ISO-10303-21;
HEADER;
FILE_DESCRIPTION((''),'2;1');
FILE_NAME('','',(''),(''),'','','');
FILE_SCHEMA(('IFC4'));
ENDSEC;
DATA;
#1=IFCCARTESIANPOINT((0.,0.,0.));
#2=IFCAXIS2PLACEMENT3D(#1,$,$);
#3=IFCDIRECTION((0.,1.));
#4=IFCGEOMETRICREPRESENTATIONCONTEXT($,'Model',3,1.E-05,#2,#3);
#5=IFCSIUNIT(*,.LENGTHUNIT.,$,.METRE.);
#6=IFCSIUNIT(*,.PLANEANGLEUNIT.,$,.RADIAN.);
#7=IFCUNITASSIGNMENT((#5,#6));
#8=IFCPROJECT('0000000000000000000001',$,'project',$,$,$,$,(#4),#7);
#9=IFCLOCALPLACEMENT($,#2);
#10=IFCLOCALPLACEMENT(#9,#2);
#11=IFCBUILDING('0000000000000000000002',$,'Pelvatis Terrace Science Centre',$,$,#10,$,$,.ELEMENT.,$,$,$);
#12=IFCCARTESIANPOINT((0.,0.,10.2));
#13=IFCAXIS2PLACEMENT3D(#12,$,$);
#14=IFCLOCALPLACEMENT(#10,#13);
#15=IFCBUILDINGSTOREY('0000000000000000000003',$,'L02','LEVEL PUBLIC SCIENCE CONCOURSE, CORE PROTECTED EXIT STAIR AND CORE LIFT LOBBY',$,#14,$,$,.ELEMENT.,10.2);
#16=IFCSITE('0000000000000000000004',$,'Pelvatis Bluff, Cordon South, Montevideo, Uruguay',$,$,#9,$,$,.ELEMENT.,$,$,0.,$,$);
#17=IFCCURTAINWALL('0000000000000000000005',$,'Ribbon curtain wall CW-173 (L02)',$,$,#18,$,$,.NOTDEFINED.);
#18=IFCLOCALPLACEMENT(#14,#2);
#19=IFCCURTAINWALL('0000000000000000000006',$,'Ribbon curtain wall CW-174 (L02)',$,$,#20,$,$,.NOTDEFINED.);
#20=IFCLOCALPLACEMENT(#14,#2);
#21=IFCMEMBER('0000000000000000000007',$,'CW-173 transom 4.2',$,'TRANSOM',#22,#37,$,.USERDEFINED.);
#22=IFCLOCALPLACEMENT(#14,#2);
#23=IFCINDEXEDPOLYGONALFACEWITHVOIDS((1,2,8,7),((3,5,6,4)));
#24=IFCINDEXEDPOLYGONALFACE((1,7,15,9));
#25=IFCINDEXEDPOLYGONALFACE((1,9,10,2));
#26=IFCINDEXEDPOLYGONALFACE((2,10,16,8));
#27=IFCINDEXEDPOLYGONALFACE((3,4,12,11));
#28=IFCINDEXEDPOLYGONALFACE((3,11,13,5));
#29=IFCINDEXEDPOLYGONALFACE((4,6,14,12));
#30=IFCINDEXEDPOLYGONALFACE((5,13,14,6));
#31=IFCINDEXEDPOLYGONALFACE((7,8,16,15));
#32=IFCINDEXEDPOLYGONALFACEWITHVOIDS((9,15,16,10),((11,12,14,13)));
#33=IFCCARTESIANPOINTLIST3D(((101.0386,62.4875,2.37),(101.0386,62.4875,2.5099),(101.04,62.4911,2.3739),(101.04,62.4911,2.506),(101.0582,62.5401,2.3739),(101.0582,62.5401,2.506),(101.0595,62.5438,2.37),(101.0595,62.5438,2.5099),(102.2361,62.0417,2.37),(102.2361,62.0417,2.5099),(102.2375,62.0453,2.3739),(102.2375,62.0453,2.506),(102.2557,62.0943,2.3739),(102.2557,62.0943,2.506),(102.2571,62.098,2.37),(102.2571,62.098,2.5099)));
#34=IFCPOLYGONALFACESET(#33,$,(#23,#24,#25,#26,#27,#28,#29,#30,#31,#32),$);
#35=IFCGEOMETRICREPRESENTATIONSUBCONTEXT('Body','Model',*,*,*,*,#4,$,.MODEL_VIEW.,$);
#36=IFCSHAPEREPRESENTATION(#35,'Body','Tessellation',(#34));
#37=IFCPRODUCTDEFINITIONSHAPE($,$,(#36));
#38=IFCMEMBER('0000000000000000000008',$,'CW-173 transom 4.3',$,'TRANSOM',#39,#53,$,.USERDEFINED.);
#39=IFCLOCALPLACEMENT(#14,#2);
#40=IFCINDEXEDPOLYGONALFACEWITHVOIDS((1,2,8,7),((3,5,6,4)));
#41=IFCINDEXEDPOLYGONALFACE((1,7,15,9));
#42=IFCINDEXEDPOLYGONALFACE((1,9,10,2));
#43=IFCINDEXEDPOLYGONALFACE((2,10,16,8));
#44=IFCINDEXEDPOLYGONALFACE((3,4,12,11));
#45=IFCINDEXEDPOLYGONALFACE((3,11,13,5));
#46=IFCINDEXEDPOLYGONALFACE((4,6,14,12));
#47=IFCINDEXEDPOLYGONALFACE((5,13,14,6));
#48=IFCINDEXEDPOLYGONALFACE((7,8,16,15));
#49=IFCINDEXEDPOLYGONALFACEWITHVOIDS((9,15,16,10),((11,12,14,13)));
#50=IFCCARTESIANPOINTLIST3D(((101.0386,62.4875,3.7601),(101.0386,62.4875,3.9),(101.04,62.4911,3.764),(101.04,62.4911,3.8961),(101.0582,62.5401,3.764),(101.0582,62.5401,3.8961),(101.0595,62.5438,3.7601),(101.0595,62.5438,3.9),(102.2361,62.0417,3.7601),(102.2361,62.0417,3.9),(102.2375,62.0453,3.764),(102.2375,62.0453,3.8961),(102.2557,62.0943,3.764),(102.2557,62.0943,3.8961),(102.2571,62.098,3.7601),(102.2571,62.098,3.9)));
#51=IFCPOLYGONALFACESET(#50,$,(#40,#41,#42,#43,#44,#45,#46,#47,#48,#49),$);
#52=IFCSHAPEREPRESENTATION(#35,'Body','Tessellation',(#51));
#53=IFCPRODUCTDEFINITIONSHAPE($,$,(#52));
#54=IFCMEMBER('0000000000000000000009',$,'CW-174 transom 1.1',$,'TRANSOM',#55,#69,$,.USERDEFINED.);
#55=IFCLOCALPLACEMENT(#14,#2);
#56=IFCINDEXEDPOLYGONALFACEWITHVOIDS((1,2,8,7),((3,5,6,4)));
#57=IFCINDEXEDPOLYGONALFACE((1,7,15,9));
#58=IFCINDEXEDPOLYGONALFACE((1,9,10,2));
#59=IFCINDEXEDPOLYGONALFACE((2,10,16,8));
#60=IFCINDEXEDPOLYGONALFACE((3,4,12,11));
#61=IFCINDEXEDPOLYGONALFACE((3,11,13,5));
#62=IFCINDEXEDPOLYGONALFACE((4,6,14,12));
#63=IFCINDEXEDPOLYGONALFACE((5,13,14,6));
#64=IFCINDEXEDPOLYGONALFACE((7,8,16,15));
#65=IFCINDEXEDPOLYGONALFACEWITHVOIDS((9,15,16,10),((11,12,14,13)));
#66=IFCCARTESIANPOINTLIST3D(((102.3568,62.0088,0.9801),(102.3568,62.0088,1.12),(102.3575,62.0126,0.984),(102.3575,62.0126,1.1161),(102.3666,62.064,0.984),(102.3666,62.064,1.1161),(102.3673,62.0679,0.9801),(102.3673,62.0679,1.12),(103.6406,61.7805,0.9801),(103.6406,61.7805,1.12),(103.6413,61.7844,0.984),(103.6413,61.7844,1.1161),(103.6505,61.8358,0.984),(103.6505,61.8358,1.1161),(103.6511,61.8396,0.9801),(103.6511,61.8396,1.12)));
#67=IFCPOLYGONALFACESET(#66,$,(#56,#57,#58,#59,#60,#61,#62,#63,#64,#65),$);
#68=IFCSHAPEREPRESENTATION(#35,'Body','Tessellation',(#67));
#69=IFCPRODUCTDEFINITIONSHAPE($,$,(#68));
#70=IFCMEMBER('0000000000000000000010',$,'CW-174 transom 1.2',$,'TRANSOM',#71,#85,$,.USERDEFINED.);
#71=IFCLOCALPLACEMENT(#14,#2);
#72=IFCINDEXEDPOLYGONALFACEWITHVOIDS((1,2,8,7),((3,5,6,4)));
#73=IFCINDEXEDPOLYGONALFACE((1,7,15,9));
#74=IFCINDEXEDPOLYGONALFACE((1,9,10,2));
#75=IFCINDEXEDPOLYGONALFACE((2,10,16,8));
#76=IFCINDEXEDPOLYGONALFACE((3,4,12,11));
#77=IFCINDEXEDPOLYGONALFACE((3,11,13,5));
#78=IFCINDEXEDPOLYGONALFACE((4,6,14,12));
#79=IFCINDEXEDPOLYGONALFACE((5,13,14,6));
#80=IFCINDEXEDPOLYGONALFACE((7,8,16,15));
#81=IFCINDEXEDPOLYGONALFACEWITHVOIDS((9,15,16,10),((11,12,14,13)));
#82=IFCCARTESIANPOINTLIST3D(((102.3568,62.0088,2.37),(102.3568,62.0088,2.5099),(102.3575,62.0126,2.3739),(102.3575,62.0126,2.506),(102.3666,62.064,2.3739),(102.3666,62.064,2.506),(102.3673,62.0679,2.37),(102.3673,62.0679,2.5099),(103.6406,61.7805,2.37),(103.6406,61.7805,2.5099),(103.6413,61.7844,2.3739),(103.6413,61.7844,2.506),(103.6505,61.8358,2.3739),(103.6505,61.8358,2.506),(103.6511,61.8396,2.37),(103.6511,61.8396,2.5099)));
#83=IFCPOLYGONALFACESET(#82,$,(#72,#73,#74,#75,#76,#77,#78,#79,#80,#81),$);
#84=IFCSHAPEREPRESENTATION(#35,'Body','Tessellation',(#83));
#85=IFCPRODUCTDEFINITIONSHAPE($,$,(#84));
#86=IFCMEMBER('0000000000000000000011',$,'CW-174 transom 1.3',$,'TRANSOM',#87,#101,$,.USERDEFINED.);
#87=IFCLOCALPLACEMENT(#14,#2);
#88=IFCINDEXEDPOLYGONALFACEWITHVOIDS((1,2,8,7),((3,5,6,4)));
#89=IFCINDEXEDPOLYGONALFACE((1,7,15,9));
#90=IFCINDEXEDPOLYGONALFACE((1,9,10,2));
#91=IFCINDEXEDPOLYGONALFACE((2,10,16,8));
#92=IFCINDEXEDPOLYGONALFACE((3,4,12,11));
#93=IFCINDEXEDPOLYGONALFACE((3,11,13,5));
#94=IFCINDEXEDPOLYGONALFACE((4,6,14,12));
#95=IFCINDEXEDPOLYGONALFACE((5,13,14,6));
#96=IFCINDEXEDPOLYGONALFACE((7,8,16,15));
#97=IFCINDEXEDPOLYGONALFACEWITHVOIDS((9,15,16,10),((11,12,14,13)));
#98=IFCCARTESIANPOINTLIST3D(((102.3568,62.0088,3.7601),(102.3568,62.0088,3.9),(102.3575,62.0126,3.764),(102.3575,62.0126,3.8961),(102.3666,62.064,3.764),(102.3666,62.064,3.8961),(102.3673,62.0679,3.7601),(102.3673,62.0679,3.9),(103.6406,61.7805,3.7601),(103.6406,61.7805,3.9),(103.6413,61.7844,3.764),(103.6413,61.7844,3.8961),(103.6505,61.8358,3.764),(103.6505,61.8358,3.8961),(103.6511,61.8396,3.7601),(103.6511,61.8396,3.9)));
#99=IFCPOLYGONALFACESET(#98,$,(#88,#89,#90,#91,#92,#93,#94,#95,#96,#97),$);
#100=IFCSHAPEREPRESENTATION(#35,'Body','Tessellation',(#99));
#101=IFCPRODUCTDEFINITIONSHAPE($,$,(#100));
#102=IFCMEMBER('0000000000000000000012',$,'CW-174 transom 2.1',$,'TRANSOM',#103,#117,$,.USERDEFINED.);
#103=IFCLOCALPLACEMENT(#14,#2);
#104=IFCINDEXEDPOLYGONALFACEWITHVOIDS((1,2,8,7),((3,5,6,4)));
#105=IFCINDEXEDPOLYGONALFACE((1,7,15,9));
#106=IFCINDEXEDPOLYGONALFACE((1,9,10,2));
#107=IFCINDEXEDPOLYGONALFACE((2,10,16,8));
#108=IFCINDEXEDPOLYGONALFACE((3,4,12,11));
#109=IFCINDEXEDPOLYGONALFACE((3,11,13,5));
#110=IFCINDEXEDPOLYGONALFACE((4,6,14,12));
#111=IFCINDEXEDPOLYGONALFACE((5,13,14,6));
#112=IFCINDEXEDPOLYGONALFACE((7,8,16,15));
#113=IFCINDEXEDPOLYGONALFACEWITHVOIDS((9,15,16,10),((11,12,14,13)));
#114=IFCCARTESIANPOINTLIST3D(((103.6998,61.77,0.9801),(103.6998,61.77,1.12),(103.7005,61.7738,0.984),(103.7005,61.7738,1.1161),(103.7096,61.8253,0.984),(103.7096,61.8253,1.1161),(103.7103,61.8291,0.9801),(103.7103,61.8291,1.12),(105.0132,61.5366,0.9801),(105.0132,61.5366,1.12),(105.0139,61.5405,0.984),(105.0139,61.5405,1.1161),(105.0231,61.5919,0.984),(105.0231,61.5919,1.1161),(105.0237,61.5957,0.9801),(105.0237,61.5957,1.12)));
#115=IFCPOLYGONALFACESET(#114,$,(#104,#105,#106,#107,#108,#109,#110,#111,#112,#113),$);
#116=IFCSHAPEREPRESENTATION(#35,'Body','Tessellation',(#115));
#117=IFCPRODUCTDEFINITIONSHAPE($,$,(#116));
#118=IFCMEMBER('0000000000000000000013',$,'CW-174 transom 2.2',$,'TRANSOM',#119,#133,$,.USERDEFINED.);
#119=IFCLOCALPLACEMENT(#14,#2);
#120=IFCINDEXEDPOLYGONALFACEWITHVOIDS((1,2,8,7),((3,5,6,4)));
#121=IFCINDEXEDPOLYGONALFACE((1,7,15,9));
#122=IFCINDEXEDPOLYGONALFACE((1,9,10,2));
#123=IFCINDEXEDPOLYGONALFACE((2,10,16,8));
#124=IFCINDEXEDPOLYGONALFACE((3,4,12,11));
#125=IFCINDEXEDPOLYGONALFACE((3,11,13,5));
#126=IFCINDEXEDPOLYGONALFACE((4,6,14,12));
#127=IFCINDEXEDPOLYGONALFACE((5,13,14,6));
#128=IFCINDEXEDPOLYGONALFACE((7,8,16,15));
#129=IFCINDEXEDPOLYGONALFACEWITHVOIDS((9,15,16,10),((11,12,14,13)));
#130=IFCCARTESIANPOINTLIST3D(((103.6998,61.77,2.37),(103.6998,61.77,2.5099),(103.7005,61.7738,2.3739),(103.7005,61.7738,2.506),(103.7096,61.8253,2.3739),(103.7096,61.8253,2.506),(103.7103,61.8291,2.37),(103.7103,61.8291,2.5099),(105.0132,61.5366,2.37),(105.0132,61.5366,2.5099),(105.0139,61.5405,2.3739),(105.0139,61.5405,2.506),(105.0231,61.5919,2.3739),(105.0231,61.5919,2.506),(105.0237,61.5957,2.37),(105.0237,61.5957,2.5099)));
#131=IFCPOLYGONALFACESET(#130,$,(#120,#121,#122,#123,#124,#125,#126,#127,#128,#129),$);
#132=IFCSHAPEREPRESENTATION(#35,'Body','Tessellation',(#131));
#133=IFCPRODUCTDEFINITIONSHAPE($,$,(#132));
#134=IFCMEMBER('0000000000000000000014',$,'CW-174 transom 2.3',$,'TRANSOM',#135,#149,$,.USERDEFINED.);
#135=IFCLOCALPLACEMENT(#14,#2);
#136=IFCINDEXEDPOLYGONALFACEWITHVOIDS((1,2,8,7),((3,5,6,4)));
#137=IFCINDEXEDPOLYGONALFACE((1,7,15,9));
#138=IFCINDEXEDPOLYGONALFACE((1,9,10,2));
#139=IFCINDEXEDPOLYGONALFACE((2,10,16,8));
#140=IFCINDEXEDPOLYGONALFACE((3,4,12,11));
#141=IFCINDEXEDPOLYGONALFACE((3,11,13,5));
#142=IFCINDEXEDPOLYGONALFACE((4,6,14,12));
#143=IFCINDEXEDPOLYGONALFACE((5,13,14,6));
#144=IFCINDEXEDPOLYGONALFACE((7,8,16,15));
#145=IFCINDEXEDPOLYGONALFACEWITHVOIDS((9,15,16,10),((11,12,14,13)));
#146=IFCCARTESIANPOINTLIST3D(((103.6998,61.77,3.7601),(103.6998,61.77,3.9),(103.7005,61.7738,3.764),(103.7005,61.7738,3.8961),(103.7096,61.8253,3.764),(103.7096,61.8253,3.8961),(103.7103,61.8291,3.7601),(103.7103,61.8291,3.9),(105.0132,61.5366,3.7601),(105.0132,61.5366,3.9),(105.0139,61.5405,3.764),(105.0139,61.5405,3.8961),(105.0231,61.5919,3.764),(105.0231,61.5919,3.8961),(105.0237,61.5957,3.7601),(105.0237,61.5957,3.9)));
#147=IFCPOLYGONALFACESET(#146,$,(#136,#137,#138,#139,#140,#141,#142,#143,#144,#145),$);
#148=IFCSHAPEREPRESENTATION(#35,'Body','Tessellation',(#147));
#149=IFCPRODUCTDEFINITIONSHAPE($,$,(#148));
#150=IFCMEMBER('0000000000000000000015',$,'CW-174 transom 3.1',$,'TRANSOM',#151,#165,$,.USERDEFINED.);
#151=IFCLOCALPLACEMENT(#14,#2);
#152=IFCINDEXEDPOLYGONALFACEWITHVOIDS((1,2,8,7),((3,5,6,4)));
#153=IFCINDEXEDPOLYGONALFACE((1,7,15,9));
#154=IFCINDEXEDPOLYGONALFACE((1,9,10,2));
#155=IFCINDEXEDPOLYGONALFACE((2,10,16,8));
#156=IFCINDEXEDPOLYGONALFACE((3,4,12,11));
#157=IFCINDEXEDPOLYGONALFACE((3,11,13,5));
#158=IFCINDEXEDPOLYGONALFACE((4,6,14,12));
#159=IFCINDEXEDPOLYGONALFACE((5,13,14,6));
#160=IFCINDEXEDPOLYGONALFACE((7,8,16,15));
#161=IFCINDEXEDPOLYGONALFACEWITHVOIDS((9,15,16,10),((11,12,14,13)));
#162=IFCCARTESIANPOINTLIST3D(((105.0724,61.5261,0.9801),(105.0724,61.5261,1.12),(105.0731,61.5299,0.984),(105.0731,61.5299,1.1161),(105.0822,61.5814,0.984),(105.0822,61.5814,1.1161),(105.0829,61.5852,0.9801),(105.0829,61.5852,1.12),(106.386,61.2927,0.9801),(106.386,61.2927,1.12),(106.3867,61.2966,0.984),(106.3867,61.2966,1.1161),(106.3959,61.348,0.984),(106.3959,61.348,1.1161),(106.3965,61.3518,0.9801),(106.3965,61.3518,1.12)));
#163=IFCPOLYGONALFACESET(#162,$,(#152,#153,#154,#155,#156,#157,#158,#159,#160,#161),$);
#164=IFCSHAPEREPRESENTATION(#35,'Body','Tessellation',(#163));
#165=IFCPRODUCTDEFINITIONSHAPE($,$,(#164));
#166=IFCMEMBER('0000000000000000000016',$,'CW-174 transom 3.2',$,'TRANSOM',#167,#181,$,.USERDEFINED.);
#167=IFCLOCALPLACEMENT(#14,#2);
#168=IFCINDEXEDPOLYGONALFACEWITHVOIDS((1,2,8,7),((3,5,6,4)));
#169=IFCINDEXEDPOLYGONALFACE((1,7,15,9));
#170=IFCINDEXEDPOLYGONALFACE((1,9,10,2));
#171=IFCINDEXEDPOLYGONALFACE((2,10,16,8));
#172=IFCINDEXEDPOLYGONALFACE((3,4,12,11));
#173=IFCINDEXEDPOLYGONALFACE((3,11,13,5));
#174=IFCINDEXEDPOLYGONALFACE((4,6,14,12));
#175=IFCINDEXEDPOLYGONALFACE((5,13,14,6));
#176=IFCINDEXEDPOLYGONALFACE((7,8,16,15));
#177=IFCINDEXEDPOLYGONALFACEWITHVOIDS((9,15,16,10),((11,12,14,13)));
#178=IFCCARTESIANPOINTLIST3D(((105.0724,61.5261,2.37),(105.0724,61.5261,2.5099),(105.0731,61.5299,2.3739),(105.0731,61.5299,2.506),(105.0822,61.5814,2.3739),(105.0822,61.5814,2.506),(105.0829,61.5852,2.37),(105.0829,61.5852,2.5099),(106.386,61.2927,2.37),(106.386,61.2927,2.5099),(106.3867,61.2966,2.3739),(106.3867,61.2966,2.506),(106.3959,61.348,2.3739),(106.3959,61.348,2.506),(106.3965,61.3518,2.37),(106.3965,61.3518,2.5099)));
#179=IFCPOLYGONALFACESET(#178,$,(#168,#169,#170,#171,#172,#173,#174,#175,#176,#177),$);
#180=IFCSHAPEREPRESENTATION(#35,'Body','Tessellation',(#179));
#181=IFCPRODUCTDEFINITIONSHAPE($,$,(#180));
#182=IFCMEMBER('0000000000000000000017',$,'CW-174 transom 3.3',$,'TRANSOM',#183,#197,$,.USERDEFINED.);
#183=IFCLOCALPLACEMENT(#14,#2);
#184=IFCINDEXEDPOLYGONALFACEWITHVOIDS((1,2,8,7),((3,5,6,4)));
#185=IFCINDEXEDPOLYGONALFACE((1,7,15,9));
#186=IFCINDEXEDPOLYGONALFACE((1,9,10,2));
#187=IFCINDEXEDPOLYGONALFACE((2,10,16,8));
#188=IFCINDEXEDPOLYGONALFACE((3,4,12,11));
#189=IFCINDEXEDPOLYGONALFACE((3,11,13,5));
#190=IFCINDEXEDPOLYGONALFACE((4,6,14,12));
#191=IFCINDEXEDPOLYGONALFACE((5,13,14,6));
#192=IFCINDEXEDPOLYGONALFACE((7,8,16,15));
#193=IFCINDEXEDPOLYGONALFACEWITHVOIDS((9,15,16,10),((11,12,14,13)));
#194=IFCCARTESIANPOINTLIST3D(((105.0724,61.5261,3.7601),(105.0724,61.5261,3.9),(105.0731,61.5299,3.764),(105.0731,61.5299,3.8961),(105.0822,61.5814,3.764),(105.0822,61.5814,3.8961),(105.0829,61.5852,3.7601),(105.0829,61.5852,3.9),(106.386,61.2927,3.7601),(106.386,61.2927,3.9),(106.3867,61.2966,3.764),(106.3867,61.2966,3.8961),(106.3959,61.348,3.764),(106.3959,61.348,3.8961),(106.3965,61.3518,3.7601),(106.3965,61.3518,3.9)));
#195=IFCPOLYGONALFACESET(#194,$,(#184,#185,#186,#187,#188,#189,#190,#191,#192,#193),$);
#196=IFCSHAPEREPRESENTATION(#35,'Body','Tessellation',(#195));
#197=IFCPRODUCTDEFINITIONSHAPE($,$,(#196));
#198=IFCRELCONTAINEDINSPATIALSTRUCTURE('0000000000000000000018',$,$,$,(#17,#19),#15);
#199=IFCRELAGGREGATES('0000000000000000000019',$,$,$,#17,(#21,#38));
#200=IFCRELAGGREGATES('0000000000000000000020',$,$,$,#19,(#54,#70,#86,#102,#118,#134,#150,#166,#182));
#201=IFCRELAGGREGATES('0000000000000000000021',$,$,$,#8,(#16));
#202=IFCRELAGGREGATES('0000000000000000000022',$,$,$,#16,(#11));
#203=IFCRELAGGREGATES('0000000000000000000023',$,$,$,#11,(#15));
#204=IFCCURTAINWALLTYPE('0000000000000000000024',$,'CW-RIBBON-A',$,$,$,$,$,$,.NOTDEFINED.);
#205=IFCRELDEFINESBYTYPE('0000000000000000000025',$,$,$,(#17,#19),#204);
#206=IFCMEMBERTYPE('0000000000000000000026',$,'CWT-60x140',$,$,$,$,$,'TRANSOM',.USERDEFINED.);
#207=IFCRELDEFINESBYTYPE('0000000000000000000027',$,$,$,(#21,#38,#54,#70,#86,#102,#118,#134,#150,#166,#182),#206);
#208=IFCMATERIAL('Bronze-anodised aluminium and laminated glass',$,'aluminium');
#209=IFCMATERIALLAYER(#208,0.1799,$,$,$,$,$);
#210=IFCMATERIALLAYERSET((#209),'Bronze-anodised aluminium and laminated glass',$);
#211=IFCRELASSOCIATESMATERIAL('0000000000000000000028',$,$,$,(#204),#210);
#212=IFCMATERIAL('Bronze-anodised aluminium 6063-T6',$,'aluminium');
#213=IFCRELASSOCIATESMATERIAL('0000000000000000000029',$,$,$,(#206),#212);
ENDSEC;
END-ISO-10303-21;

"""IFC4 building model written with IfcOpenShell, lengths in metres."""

from ifc_helpers import new_model, si_unit, direction, frame, origin, origin_2d, place, context, subcontext, project, spatial, hollow_rectangle, extrude, material, layer, layer_set, material_profile, profile_set, type_object, element, aggregate, save


model = new_model("IFC4")

# Units and contexts
model_context = context("Model", 3, precision=1e-05, world=origin(), true_north=direction((0.0, 1.0)))
body_context = subcontext(model_context, "Body", "Model", "MODEL_VIEW")
ifc_project = project(units=[si_unit("LENGTHUNIT", "METRE"), si_unit("PLANEANGLEUNIT", "RADIAN")], contexts=[model_context])

# Site, building, storey
site_placement = place(None, origin())
site = spatial("IfcSite", under=ifc_project, at=site_placement, Name="Pelvatis Bluff, Cordon South, Montevideo, Uruguay", CompositionType="ELEMENT", RefElevation=0.0)
building_placement = place(site_placement, origin())
building = spatial("IfcBuilding", under=site, at=building_placement, Name="Pelvatis Terrace Science Centre", CompositionType="ELEMENT")
storey_placement = place(building_placement, frame((0.0, 0.0, 10.2)))
storey = spatial("IfcBuildingStorey", under=building, at=storey_placement, Name="L02", Description="LEVEL PUBLIC SCIENCE CONCOURSE, CORE PROTECTED EXIT STAIR AND CORE LIFT LOBBY", CompositionType="ELEMENT", Elevation=10.2)

# Curtain walls
ifc_material_1 = material(Name="Bronze-anodised aluminium and laminated glass", Category="aluminium")
ifc_layer_1 = layer(ifc_material_1, 0.1799)
ifc_layer_set_1 = layer_set([ifc_layer_1], Name="Bronze-anodised aluminium and laminated glass")
curtain_wall_type = type_object("IfcCurtainWallType", Name="CW-RIBBON-A", PredefinedType="NOTDEFINED", material=ifc_layer_set_1)
curtain_wall_1_placement = place(storey_placement, origin())
curtain_wall_1 = element("IfcCurtainWall", 1, at=curtain_wall_1_placement, inside=storey, type_object=curtain_wall_type, Name="Ribbon curtain wall CW-173 (L02)", PredefinedType="NOTDEFINED")
curtain_wall_2_placement = place(storey_placement, origin())
curtain_wall_2 = element("IfcCurtainWall", 2, at=curtain_wall_2_placement, inside=storey, type_object=curtain_wall_type, Name="Ribbon curtain wall CW-174 (L02)", PredefinedType="NOTDEFINED")

# Members
ifc_material_2 = material(Name="Bronze-anodised aluminium 6063-T6", Category="aluminium")
ifc_material_profile_1 = material_profile(ifc_material_2, hollow_rectangle(XDim=0.0601, YDim=0.1399, WallThickness=0.0039, at=origin_2d()), Name="ALU-TRN 60x140")
ifc_profile_set_1 = profile_set([ifc_material_profile_1], Name="Bronze-anodised aluminium 6063-T6")
member_type_1 = type_object("IfcMemberType", Name="CWT-60x140", ElementType="TRANSOM", PredefinedType="USERDEFINED", material=ifc_profile_set_1)
member_1_placement = place(storey_placement, frame((101.0491, 62.5156, 2.4399), z_axis=(0.937167, -0.348882, 0.0), x_axis=(0.348882, 0.937167, 0.0)))
member_1 = element("IfcMember", 3, at=member_1_placement, type_object=member_type_1, Name="CW-173 transom 4.2", ObjectType="TRANSOM", PredefinedType="USERDEFINED", context=body_context, shape_type="SweptSolid", body=[
    extrude(hollow_rectangle(XDim=0.0601, YDim=0.1399, WallThickness=0.0039, at=origin_2d()), origin(), (0.0, 0.0, 1.0), 1.2778),
])
member_2_placement = place(storey_placement, frame((101.0491, 62.5156, 3.8301), z_axis=(0.937167, -0.348882, 0.0), x_axis=(0.348882, 0.937167, 0.0)))
member_2 = element("IfcMember", 4, at=member_2_placement, type_object=member_type_1, Name="CW-173 transom 4.3", ObjectType="TRANSOM", PredefinedType="USERDEFINED", context=body_context, shape_type="SweptSolid", body=[
    extrude(hollow_rectangle(XDim=0.0601, YDim=0.1399, WallThickness=0.0039, at=origin_2d()), origin(), (0.0, 0.0, 1.0), 1.2778),
])
member_3_placement = place(storey_placement, frame((102.3621, 62.0383, 1.05), z_axis=(0.98456, -0.175045, 0.0), x_axis=(0.175045, 0.98456, 0.0)))
member_3 = element("IfcMember", 5, at=member_3_placement, type_object=member_type_1, Name="CW-174 transom 1.1", ObjectType="TRANSOM", PredefinedType="USERDEFINED", context=body_context, shape_type="SweptSolid", body=[
    extrude(hollow_rectangle(XDim=0.0601, YDim=0.1399, WallThickness=0.0039, at=origin_2d()), origin(), (0.0, 0.0, 1.0), 1.304),
])
member_4_placement = place(storey_placement, frame((102.3621, 62.0383, 2.4399), z_axis=(0.98456, -0.175045, 0.0), x_axis=(0.175045, 0.98456, 0.0)))
member_4 = element("IfcMember", 6, at=member_4_placement, type_object=member_type_1, Name="CW-174 transom 1.2", ObjectType="TRANSOM", PredefinedType="USERDEFINED", context=body_context, shape_type="SweptSolid", body=[
    extrude(hollow_rectangle(XDim=0.0601, YDim=0.1399, WallThickness=0.0039, at=origin_2d()), origin(), (0.0, 0.0, 1.0), 1.304),
])
member_5_placement = place(storey_placement, frame((102.3621, 62.0383, 3.8301), z_axis=(0.98456, -0.175045, 0.0), x_axis=(0.175045, 0.98456, 0.0)))
member_5 = element("IfcMember", 7, at=member_5_placement, type_object=member_type_1, Name="CW-174 transom 1.3", ObjectType="TRANSOM", PredefinedType="USERDEFINED", context=body_context, shape_type="SweptSolid", body=[
    extrude(hollow_rectangle(XDim=0.0601, YDim=0.1399, WallThickness=0.0039, at=origin_2d()), origin(), (0.0, 0.0, 1.0), 1.304),
])
member_6_placement = place(storey_placement, frame((103.7051, 61.7996, 1.05), z_axis=(0.984577, -0.174954, 0.0), x_axis=(0.174954, 0.984577, 0.0)))
member_6 = element("IfcMember", 8, at=member_6_placement, type_object=member_type_1, Name="CW-174 transom 2.1", ObjectType="TRANSOM", PredefinedType="USERDEFINED", context=body_context, shape_type="SweptSolid", body=[
    extrude(hollow_rectangle(XDim=0.0601, YDim=0.1399, WallThickness=0.0039, at=origin_2d()), origin(), (0.0, 0.0, 1.0), 1.334),
])
member_7_placement = place(storey_placement, frame((103.7051, 61.7996, 2.4399), z_axis=(0.984577, -0.174954, 0.0), x_axis=(0.174954, 0.984577, 0.0)))
member_7 = element("IfcMember", 9, at=member_7_placement, type_object=member_type_1, Name="CW-174 transom 2.2", ObjectType="TRANSOM", PredefinedType="USERDEFINED", context=body_context, shape_type="SweptSolid", body=[
    extrude(hollow_rectangle(XDim=0.0601, YDim=0.1399, WallThickness=0.0039, at=origin_2d()), origin(), (0.0, 0.0, 1.0), 1.334),
])
member_8_placement = place(storey_placement, frame((103.7051, 61.7996, 3.8301), z_axis=(0.984577, -0.174954, 0.0), x_axis=(0.174954, 0.984577, 0.0)))
member_8 = element("IfcMember", 10, at=member_8_placement, type_object=member_type_1, Name="CW-174 transom 2.3", ObjectType="TRANSOM", PredefinedType="USERDEFINED", context=body_context, shape_type="SweptSolid", body=[
    extrude(hollow_rectangle(XDim=0.0601, YDim=0.1399, WallThickness=0.0039, at=origin_2d()), origin(), (0.0, 0.0, 1.0), 1.334),
])
member_9_placement = place(storey_placement, frame((105.0776, 61.5557, 1.05), z_axis=(0.984582, -0.174923, 0.0), x_axis=(0.174923, 0.984582, 0.0)))
member_9 = element("IfcMember", 11, at=member_9_placement, type_object=member_type_1, Name="CW-174 transom 3.1", ObjectType="TRANSOM", PredefinedType="USERDEFINED", context=body_context, shape_type="SweptSolid", body=[
    extrude(hollow_rectangle(XDim=0.0601, YDim=0.1399, WallThickness=0.0039, at=origin_2d()), origin(), (0.0, 0.0, 1.0), 1.3342),
])
member_10_placement = place(storey_placement, frame((105.0776, 61.5557, 2.4399), z_axis=(0.984582, -0.174923, 0.0), x_axis=(0.174923, 0.984582, 0.0)))
member_10 = element("IfcMember", 12, at=member_10_placement, type_object=member_type_1, Name="CW-174 transom 3.2", ObjectType="TRANSOM", PredefinedType="USERDEFINED", context=body_context, shape_type="SweptSolid", body=[
    extrude(hollow_rectangle(XDim=0.0601, YDim=0.1399, WallThickness=0.0039, at=origin_2d()), origin(), (0.0, 0.0, 1.0), 1.3342),
])
member_11_placement = place(storey_placement, frame((105.0776, 61.5557, 3.8301), z_axis=(0.984582, -0.174923, 0.0), x_axis=(0.174923, 0.984582, 0.0)))
member_11 = element("IfcMember", 13, at=member_11_placement, type_object=member_type_1, Name="CW-174 transom 3.3", ObjectType="TRANSOM", PredefinedType="USERDEFINED", context=body_context, shape_type="SweptSolid", body=[
    extrude(hollow_rectangle(XDim=0.0601, YDim=0.1399, WallThickness=0.0039, at=origin_2d()), origin(), (0.0, 0.0, 1.0), 1.3342),
])

aggregate(curtain_wall_1, [member_1, member_2])
aggregate(curtain_wall_2, [member_3, member_4, member_5, member_6, member_7, member_8, member_9, member_10, member_11])

save(model, "model.ifc")
